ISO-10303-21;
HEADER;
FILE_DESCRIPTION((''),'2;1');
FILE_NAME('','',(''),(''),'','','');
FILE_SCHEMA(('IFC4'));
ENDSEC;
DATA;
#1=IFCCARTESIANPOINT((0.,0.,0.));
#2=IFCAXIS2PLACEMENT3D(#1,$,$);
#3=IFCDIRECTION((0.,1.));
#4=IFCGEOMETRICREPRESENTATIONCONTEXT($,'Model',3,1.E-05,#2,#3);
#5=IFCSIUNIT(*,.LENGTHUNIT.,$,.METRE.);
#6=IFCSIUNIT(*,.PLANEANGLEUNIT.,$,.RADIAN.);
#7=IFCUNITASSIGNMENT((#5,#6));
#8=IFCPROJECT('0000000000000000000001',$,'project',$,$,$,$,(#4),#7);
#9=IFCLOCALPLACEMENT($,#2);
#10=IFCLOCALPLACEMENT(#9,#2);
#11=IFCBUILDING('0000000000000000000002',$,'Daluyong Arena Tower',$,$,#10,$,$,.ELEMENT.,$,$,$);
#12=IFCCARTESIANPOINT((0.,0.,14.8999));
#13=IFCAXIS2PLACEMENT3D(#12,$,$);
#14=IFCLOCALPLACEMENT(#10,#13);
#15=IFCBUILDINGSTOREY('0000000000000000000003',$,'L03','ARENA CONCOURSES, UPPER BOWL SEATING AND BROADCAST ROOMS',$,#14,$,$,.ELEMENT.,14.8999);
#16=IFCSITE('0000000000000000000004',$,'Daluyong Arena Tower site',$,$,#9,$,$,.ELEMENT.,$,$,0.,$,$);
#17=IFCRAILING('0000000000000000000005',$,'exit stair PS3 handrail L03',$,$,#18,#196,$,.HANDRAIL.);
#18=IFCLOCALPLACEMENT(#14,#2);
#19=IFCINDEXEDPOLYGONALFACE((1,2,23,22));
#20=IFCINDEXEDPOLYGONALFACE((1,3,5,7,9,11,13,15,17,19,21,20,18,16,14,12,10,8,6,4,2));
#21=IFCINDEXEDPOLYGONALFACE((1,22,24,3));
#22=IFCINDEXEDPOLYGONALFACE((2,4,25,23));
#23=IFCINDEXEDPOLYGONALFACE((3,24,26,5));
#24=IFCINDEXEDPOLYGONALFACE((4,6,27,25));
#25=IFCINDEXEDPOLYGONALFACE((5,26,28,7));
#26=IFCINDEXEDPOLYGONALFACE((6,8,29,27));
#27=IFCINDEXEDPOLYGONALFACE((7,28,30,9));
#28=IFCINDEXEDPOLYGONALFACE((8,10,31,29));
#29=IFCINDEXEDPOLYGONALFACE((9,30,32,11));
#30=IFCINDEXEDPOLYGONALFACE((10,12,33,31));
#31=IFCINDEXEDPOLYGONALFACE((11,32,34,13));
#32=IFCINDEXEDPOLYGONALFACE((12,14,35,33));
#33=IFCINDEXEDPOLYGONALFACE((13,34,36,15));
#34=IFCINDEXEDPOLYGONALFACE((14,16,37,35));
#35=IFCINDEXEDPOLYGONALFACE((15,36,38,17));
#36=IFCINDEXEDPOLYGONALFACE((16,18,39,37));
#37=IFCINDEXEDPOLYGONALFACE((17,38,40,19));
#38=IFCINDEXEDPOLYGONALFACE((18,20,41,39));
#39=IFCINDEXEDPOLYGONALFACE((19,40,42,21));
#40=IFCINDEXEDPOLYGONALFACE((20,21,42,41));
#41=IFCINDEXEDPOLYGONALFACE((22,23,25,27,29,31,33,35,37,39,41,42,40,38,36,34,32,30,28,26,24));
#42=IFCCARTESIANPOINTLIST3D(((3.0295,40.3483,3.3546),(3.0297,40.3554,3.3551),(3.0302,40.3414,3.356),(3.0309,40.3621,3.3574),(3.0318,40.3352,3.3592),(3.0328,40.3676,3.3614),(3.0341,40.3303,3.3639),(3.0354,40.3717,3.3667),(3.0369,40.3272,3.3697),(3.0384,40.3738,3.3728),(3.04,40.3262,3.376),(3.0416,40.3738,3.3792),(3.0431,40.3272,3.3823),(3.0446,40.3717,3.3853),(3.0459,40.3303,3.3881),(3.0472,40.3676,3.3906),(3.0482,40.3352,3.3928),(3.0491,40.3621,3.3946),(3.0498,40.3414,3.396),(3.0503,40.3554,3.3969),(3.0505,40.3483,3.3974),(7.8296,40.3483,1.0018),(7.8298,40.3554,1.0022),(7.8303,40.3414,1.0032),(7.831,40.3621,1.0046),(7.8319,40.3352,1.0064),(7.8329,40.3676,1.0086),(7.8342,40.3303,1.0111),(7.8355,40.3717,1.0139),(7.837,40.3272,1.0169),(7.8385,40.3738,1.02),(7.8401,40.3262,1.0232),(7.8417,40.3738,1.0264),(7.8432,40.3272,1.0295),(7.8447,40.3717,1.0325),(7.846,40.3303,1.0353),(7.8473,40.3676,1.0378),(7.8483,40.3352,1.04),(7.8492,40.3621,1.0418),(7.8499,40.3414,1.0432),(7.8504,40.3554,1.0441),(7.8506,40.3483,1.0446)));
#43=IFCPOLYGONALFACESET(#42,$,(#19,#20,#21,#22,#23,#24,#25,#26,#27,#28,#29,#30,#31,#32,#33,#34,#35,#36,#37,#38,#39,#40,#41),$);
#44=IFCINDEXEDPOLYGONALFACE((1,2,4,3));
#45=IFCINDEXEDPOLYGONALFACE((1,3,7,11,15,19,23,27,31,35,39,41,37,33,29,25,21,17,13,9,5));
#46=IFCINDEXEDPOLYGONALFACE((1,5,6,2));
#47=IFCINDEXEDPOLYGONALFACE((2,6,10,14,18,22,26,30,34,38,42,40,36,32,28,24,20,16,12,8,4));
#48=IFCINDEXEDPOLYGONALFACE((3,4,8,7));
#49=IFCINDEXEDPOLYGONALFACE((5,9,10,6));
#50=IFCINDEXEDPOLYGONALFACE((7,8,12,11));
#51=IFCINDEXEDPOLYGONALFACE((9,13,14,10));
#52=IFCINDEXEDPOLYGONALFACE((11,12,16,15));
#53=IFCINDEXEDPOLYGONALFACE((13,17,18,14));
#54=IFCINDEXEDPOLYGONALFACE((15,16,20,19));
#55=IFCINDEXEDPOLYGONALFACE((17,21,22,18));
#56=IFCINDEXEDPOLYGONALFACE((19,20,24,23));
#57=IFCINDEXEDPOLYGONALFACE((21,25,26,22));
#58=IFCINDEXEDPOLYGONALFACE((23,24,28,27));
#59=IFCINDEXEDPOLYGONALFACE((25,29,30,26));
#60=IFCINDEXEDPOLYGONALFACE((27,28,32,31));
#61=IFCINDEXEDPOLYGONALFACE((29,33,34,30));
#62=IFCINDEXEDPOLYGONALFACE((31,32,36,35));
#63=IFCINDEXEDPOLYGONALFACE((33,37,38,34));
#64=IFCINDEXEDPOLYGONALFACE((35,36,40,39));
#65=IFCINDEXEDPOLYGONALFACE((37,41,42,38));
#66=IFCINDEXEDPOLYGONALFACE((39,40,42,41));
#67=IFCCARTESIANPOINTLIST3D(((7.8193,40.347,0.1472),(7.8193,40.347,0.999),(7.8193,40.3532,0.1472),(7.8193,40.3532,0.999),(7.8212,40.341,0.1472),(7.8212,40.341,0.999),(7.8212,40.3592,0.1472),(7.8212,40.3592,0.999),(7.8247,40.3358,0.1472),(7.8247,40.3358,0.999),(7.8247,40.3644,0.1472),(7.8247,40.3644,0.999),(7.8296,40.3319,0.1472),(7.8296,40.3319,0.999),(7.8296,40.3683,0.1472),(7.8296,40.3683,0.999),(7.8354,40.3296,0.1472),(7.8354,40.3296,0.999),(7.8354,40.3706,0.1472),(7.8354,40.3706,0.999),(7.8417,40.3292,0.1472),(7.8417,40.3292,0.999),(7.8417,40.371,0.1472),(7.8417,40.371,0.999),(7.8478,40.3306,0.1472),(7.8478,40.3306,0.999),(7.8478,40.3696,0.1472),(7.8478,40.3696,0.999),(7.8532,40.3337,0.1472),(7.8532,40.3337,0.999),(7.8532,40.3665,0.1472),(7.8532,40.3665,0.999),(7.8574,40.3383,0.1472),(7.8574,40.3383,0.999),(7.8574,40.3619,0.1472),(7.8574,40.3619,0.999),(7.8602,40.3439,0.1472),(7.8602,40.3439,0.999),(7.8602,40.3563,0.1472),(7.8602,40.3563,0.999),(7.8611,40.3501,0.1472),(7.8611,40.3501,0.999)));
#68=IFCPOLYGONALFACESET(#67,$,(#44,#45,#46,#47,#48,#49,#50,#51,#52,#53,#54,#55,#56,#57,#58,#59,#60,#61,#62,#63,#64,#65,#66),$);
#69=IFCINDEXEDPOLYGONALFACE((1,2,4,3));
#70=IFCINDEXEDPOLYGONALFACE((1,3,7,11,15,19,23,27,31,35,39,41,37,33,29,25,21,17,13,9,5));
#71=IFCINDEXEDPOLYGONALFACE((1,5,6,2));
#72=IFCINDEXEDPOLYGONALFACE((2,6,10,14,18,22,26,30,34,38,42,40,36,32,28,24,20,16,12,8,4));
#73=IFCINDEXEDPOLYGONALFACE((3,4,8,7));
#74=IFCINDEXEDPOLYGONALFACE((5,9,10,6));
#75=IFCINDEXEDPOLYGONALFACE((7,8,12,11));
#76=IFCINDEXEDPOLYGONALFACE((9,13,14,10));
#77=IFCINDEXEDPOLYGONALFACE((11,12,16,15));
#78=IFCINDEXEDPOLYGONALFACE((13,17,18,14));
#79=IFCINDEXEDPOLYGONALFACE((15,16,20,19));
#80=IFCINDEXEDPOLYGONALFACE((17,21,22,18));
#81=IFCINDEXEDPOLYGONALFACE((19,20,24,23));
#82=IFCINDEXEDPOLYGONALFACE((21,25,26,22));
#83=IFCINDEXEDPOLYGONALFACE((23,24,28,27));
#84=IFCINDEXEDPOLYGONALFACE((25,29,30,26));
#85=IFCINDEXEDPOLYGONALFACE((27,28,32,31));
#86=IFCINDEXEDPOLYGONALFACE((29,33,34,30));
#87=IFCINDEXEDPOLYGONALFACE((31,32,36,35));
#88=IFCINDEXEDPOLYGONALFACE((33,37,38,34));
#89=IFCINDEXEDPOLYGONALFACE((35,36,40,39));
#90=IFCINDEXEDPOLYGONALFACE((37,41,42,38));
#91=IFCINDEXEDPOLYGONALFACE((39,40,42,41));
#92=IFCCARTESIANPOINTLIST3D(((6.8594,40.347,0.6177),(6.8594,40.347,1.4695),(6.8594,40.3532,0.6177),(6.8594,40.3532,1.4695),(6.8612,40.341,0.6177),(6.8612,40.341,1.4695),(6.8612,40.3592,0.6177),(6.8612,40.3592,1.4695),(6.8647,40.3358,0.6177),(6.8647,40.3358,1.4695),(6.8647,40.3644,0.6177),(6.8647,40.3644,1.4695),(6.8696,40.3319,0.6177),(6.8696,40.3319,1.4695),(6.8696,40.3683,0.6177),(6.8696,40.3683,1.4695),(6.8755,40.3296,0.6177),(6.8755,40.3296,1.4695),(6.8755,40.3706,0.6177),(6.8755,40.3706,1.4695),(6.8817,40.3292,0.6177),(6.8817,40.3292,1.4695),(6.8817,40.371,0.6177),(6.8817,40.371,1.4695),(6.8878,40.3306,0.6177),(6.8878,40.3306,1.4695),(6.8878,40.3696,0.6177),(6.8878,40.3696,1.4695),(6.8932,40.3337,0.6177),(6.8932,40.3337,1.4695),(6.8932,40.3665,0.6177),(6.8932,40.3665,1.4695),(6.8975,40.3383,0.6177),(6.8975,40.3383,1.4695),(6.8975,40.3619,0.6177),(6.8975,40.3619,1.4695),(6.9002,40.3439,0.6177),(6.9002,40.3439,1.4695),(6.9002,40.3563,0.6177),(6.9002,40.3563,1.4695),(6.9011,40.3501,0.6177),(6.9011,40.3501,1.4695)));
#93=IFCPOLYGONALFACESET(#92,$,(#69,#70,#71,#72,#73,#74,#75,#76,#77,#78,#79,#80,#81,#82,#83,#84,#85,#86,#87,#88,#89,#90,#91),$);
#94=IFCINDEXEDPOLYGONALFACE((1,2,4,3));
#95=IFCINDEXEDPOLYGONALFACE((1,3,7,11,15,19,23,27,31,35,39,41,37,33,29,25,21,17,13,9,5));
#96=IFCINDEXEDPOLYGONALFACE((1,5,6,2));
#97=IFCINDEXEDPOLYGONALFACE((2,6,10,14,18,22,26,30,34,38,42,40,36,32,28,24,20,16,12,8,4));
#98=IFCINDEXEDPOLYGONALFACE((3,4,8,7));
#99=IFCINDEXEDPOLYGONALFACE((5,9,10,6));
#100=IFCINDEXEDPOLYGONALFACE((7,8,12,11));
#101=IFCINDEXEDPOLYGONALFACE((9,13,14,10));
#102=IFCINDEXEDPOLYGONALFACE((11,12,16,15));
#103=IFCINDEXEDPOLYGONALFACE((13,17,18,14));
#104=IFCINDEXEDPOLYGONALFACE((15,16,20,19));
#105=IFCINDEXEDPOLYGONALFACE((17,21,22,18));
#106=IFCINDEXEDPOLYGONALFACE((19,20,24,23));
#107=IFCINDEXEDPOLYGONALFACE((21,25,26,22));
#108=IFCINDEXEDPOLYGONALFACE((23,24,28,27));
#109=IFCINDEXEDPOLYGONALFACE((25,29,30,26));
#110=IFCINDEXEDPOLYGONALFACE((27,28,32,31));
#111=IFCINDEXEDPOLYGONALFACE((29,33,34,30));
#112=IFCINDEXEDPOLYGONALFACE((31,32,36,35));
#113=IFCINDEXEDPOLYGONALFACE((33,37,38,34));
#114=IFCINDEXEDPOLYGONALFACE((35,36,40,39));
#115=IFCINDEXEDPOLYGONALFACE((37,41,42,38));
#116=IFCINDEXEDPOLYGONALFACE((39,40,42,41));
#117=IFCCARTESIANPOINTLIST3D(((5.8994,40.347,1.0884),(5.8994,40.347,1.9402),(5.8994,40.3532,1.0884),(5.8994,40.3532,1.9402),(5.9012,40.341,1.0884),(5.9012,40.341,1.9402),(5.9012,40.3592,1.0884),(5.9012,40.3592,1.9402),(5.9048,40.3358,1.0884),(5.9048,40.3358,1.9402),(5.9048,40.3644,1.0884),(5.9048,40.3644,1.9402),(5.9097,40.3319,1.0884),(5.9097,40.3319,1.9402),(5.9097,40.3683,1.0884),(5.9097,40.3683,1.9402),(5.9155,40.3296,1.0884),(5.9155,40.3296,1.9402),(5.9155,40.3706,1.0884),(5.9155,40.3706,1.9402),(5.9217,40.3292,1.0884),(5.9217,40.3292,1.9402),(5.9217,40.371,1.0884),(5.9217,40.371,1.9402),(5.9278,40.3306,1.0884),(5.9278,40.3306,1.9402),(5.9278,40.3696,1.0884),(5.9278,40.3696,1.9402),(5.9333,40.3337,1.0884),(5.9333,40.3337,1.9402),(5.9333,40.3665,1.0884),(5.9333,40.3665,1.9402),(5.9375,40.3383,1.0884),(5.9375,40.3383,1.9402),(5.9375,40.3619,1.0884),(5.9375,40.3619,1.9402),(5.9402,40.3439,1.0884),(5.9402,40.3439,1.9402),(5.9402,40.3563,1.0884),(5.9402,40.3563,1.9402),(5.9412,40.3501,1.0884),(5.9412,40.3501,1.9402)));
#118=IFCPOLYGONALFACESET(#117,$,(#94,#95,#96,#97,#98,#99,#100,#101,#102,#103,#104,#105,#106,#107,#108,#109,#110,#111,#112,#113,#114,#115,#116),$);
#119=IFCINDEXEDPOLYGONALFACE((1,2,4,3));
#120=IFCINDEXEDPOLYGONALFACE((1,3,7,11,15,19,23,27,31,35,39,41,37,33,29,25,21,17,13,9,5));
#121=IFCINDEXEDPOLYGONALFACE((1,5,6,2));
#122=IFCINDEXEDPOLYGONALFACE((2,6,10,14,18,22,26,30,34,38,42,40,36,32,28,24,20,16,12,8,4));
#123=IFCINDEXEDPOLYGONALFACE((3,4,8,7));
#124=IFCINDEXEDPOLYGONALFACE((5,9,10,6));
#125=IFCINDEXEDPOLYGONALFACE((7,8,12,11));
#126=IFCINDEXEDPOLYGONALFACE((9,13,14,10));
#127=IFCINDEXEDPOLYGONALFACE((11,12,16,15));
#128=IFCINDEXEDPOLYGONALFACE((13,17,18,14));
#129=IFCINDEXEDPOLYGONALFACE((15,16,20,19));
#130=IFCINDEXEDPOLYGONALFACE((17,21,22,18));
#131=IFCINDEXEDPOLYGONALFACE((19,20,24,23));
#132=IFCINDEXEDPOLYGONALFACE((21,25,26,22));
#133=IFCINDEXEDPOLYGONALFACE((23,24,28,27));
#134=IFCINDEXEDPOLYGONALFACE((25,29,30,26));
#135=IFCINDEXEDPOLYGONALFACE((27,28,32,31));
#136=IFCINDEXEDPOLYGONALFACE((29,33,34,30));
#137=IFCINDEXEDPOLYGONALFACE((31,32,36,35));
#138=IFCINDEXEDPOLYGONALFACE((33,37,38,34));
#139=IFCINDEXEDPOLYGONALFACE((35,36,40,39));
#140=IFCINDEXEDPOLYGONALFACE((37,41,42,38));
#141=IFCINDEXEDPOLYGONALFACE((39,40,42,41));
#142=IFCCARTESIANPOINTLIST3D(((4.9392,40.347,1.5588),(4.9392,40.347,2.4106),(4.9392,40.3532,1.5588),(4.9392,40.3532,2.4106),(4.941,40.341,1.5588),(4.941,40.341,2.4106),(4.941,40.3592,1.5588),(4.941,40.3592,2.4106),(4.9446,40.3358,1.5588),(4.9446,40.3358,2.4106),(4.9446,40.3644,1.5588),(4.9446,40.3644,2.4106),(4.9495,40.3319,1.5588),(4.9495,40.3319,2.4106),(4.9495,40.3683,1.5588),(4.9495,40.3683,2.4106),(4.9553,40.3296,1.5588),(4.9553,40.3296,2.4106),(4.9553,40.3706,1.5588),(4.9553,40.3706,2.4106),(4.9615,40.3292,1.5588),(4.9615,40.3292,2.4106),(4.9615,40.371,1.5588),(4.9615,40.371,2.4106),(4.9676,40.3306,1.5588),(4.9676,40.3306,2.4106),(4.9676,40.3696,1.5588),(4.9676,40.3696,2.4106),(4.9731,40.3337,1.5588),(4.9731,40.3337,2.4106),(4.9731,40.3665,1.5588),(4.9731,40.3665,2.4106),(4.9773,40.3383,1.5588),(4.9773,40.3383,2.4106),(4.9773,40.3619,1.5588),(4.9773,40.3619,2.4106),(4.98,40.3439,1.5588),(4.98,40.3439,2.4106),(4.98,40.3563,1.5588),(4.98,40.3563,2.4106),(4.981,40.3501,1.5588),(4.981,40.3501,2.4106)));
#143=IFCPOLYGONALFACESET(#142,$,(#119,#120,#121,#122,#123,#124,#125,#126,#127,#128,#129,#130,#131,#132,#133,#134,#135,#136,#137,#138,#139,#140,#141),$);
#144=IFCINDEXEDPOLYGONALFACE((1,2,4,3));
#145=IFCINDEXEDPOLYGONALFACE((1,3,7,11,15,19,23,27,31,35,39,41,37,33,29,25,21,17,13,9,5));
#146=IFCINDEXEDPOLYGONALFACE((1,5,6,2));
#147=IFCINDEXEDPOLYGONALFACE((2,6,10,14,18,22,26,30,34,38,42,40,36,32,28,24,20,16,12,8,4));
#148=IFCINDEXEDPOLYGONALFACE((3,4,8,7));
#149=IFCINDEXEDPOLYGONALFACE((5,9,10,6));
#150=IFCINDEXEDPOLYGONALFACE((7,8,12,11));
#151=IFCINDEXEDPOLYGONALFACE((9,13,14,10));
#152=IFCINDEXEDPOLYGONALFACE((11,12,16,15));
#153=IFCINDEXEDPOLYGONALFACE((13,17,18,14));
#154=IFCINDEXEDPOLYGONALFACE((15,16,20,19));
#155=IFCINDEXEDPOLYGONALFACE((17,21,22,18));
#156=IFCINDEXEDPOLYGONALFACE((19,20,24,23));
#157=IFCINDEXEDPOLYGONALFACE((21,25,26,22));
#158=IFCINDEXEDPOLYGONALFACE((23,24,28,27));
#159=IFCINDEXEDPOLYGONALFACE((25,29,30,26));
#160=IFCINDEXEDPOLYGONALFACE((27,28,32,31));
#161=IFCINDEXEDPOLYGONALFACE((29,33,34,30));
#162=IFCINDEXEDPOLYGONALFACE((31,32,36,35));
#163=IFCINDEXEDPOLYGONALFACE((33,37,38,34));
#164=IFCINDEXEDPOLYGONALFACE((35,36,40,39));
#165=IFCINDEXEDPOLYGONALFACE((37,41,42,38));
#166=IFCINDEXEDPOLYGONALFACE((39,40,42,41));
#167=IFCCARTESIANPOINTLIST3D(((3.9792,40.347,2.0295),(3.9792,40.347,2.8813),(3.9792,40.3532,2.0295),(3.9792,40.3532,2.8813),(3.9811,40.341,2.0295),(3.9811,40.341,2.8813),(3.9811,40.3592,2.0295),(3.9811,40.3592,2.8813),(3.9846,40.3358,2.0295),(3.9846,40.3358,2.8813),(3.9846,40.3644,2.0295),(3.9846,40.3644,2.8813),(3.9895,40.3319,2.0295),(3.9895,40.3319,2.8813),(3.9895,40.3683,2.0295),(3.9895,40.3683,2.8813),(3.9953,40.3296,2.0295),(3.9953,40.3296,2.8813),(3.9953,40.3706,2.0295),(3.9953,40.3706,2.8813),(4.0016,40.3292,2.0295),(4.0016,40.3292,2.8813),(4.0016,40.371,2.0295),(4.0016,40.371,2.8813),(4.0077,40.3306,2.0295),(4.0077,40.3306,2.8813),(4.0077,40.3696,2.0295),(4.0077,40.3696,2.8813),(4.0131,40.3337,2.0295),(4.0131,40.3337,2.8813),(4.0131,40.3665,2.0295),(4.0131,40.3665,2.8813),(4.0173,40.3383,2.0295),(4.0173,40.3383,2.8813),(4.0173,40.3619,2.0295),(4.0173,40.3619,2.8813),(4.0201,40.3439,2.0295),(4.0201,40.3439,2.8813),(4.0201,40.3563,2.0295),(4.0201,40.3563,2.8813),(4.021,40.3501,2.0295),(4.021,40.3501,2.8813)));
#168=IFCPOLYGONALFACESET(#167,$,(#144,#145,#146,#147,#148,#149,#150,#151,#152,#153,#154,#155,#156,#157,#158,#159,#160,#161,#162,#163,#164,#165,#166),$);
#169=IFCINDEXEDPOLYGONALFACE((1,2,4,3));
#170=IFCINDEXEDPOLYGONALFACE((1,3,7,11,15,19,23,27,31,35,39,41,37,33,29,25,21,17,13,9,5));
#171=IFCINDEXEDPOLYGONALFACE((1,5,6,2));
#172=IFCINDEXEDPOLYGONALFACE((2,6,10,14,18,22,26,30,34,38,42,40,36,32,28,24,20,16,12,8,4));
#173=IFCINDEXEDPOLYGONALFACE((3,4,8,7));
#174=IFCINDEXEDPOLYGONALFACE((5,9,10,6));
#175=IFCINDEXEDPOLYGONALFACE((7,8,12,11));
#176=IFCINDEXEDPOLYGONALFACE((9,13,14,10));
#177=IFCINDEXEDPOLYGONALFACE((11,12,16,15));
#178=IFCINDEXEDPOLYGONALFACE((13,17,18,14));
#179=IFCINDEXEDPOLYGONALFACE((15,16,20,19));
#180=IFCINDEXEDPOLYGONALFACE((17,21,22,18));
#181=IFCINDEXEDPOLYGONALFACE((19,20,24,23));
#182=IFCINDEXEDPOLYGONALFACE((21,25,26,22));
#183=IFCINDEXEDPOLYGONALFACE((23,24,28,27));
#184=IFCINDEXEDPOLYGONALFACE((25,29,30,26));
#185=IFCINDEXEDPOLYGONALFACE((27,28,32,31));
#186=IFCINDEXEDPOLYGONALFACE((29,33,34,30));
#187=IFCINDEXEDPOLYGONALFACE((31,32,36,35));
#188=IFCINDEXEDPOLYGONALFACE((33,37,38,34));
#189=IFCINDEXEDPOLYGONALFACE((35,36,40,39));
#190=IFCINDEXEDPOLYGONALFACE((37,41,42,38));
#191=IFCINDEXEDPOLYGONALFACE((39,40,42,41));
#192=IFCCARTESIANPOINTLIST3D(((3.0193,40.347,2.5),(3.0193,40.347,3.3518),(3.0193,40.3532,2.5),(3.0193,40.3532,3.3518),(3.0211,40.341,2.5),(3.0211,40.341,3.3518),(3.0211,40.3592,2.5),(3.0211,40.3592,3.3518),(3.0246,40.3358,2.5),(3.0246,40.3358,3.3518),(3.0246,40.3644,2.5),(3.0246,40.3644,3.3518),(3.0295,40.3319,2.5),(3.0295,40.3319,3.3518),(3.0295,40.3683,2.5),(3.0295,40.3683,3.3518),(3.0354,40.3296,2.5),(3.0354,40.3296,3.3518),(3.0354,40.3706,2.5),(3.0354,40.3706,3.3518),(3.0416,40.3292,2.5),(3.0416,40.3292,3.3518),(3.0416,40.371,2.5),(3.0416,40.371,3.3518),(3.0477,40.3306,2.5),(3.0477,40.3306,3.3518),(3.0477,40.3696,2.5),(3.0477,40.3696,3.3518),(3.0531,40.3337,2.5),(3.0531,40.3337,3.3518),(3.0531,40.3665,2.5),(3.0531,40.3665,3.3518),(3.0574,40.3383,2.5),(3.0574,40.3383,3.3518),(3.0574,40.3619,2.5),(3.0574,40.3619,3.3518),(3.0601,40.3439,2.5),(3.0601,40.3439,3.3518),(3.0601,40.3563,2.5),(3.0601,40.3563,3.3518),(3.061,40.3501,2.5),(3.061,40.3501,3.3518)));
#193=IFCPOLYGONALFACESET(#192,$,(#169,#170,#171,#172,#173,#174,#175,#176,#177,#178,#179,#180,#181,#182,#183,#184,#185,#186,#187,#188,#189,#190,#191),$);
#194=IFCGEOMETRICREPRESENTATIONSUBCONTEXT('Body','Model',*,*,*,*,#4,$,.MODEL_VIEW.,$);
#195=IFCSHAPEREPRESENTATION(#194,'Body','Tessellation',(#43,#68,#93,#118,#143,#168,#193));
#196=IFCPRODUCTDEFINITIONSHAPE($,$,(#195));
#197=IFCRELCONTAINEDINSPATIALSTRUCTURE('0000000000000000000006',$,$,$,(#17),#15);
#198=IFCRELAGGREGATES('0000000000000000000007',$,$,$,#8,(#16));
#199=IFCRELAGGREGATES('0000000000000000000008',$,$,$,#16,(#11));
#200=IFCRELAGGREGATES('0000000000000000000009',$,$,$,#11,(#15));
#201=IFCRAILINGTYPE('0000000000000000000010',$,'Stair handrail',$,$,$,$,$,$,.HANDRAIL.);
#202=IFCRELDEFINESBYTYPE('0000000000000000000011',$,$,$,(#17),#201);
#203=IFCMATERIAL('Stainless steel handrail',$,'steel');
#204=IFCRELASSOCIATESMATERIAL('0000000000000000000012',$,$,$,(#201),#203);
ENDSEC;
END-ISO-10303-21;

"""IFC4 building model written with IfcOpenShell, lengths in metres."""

from ifc_helpers import new_model, si_unit, direction, frame, origin, origin_2d, place, context, subcontext, project, spatial, circle, extrude, material, type_object, element, save


model = new_model("IFC4")

# Units and contexts
model_context = context("Model", 3, precision=1e-05, world=origin(), true_north=direction((0.0, 1.0)))
body_context = subcontext(model_context, "Body", "Model", "MODEL_VIEW")
ifc_project = project(units=[si_unit("LENGTHUNIT", "METRE"), si_unit("PLANEANGLEUNIT", "RADIAN")], contexts=[model_context])

# Site, building, storey
site_placement = place(None, origin())
site = spatial("IfcSite", under=ifc_project, at=site_placement, Name="Daluyong Arena Tower site", CompositionType="ELEMENT", RefElevation=0.0)
building_placement = place(site_placement, origin())
building = spatial("IfcBuilding", under=site, at=building_placement, Name="Daluyong Arena Tower", CompositionType="ELEMENT")
storey_placement = place(building_placement, frame((0.0, 0.0, 14.8999)))
storey = spatial("IfcBuildingStorey", under=building, at=storey_placement, Name="L03", Description="ARENA CONCOURSES, UPPER BOWL SEATING AND BROADCAST ROOMS", CompositionType="ELEMENT", Elevation=14.8999)

# Railing
ifc_material_1 = material(Name="Stainless steel handrail", Category="steel")
railing_type_1 = type_object("IfcRailingType", Name="Stair handrail", PredefinedType="HANDRAIL", material=ifc_material_1)
railing_1_placement = place(storey_placement, frame((7.8401, 40.3501, 0.1472)))
element("IfcRailing", 1, at=railing_1_placement, inside=storey, type_object=railing_type_1, Name="exit stair PS3 handrail L03", PredefinedType="HANDRAIL", context=body_context, shape_type="SweptSolid", body=[
    extrude(circle(Radius=0.0239, at=origin_2d()), frame((0.0, 0.0, 0.876), z_axis=(-0.897934, 0.0, 0.44013), x_axis=(0.0, -1.0, 0.0)), (0.0, 0.0, 1.0), 5.3457),
    extrude(circle(Radius=0.021, at=origin_2d()), origin(), (0.0, 0.0, 1.0), 0.8518),
    extrude(circle(Radius=0.021, at=origin_2d()), frame((-0.96, 0.0, 0.4705)), (0.0, 0.0, 1.0), 0.8518),
    extrude(circle(Radius=0.021, at=origin_2d()), frame((-1.9199, 0.0, 0.9412)), (0.0, 0.0, 1.0), 0.8518),
    extrude(circle(Radius=0.021, at=origin_2d()), frame((-2.8801, 0.0, 1.4116)), (0.0, 0.0, 1.0), 0.8518),
    extrude(circle(Radius=0.021, at=origin_2d()), frame((-3.8401, 0.0, 1.8823)), (0.0, 0.0, 1.0), 0.8518),
    extrude(circle(Radius=0.021, at=origin_2d()), frame((-4.8, 0.0, 2.3528)), (0.0, 0.0, 1.0), 0.8518),
])

save(model, "model.ifc")
